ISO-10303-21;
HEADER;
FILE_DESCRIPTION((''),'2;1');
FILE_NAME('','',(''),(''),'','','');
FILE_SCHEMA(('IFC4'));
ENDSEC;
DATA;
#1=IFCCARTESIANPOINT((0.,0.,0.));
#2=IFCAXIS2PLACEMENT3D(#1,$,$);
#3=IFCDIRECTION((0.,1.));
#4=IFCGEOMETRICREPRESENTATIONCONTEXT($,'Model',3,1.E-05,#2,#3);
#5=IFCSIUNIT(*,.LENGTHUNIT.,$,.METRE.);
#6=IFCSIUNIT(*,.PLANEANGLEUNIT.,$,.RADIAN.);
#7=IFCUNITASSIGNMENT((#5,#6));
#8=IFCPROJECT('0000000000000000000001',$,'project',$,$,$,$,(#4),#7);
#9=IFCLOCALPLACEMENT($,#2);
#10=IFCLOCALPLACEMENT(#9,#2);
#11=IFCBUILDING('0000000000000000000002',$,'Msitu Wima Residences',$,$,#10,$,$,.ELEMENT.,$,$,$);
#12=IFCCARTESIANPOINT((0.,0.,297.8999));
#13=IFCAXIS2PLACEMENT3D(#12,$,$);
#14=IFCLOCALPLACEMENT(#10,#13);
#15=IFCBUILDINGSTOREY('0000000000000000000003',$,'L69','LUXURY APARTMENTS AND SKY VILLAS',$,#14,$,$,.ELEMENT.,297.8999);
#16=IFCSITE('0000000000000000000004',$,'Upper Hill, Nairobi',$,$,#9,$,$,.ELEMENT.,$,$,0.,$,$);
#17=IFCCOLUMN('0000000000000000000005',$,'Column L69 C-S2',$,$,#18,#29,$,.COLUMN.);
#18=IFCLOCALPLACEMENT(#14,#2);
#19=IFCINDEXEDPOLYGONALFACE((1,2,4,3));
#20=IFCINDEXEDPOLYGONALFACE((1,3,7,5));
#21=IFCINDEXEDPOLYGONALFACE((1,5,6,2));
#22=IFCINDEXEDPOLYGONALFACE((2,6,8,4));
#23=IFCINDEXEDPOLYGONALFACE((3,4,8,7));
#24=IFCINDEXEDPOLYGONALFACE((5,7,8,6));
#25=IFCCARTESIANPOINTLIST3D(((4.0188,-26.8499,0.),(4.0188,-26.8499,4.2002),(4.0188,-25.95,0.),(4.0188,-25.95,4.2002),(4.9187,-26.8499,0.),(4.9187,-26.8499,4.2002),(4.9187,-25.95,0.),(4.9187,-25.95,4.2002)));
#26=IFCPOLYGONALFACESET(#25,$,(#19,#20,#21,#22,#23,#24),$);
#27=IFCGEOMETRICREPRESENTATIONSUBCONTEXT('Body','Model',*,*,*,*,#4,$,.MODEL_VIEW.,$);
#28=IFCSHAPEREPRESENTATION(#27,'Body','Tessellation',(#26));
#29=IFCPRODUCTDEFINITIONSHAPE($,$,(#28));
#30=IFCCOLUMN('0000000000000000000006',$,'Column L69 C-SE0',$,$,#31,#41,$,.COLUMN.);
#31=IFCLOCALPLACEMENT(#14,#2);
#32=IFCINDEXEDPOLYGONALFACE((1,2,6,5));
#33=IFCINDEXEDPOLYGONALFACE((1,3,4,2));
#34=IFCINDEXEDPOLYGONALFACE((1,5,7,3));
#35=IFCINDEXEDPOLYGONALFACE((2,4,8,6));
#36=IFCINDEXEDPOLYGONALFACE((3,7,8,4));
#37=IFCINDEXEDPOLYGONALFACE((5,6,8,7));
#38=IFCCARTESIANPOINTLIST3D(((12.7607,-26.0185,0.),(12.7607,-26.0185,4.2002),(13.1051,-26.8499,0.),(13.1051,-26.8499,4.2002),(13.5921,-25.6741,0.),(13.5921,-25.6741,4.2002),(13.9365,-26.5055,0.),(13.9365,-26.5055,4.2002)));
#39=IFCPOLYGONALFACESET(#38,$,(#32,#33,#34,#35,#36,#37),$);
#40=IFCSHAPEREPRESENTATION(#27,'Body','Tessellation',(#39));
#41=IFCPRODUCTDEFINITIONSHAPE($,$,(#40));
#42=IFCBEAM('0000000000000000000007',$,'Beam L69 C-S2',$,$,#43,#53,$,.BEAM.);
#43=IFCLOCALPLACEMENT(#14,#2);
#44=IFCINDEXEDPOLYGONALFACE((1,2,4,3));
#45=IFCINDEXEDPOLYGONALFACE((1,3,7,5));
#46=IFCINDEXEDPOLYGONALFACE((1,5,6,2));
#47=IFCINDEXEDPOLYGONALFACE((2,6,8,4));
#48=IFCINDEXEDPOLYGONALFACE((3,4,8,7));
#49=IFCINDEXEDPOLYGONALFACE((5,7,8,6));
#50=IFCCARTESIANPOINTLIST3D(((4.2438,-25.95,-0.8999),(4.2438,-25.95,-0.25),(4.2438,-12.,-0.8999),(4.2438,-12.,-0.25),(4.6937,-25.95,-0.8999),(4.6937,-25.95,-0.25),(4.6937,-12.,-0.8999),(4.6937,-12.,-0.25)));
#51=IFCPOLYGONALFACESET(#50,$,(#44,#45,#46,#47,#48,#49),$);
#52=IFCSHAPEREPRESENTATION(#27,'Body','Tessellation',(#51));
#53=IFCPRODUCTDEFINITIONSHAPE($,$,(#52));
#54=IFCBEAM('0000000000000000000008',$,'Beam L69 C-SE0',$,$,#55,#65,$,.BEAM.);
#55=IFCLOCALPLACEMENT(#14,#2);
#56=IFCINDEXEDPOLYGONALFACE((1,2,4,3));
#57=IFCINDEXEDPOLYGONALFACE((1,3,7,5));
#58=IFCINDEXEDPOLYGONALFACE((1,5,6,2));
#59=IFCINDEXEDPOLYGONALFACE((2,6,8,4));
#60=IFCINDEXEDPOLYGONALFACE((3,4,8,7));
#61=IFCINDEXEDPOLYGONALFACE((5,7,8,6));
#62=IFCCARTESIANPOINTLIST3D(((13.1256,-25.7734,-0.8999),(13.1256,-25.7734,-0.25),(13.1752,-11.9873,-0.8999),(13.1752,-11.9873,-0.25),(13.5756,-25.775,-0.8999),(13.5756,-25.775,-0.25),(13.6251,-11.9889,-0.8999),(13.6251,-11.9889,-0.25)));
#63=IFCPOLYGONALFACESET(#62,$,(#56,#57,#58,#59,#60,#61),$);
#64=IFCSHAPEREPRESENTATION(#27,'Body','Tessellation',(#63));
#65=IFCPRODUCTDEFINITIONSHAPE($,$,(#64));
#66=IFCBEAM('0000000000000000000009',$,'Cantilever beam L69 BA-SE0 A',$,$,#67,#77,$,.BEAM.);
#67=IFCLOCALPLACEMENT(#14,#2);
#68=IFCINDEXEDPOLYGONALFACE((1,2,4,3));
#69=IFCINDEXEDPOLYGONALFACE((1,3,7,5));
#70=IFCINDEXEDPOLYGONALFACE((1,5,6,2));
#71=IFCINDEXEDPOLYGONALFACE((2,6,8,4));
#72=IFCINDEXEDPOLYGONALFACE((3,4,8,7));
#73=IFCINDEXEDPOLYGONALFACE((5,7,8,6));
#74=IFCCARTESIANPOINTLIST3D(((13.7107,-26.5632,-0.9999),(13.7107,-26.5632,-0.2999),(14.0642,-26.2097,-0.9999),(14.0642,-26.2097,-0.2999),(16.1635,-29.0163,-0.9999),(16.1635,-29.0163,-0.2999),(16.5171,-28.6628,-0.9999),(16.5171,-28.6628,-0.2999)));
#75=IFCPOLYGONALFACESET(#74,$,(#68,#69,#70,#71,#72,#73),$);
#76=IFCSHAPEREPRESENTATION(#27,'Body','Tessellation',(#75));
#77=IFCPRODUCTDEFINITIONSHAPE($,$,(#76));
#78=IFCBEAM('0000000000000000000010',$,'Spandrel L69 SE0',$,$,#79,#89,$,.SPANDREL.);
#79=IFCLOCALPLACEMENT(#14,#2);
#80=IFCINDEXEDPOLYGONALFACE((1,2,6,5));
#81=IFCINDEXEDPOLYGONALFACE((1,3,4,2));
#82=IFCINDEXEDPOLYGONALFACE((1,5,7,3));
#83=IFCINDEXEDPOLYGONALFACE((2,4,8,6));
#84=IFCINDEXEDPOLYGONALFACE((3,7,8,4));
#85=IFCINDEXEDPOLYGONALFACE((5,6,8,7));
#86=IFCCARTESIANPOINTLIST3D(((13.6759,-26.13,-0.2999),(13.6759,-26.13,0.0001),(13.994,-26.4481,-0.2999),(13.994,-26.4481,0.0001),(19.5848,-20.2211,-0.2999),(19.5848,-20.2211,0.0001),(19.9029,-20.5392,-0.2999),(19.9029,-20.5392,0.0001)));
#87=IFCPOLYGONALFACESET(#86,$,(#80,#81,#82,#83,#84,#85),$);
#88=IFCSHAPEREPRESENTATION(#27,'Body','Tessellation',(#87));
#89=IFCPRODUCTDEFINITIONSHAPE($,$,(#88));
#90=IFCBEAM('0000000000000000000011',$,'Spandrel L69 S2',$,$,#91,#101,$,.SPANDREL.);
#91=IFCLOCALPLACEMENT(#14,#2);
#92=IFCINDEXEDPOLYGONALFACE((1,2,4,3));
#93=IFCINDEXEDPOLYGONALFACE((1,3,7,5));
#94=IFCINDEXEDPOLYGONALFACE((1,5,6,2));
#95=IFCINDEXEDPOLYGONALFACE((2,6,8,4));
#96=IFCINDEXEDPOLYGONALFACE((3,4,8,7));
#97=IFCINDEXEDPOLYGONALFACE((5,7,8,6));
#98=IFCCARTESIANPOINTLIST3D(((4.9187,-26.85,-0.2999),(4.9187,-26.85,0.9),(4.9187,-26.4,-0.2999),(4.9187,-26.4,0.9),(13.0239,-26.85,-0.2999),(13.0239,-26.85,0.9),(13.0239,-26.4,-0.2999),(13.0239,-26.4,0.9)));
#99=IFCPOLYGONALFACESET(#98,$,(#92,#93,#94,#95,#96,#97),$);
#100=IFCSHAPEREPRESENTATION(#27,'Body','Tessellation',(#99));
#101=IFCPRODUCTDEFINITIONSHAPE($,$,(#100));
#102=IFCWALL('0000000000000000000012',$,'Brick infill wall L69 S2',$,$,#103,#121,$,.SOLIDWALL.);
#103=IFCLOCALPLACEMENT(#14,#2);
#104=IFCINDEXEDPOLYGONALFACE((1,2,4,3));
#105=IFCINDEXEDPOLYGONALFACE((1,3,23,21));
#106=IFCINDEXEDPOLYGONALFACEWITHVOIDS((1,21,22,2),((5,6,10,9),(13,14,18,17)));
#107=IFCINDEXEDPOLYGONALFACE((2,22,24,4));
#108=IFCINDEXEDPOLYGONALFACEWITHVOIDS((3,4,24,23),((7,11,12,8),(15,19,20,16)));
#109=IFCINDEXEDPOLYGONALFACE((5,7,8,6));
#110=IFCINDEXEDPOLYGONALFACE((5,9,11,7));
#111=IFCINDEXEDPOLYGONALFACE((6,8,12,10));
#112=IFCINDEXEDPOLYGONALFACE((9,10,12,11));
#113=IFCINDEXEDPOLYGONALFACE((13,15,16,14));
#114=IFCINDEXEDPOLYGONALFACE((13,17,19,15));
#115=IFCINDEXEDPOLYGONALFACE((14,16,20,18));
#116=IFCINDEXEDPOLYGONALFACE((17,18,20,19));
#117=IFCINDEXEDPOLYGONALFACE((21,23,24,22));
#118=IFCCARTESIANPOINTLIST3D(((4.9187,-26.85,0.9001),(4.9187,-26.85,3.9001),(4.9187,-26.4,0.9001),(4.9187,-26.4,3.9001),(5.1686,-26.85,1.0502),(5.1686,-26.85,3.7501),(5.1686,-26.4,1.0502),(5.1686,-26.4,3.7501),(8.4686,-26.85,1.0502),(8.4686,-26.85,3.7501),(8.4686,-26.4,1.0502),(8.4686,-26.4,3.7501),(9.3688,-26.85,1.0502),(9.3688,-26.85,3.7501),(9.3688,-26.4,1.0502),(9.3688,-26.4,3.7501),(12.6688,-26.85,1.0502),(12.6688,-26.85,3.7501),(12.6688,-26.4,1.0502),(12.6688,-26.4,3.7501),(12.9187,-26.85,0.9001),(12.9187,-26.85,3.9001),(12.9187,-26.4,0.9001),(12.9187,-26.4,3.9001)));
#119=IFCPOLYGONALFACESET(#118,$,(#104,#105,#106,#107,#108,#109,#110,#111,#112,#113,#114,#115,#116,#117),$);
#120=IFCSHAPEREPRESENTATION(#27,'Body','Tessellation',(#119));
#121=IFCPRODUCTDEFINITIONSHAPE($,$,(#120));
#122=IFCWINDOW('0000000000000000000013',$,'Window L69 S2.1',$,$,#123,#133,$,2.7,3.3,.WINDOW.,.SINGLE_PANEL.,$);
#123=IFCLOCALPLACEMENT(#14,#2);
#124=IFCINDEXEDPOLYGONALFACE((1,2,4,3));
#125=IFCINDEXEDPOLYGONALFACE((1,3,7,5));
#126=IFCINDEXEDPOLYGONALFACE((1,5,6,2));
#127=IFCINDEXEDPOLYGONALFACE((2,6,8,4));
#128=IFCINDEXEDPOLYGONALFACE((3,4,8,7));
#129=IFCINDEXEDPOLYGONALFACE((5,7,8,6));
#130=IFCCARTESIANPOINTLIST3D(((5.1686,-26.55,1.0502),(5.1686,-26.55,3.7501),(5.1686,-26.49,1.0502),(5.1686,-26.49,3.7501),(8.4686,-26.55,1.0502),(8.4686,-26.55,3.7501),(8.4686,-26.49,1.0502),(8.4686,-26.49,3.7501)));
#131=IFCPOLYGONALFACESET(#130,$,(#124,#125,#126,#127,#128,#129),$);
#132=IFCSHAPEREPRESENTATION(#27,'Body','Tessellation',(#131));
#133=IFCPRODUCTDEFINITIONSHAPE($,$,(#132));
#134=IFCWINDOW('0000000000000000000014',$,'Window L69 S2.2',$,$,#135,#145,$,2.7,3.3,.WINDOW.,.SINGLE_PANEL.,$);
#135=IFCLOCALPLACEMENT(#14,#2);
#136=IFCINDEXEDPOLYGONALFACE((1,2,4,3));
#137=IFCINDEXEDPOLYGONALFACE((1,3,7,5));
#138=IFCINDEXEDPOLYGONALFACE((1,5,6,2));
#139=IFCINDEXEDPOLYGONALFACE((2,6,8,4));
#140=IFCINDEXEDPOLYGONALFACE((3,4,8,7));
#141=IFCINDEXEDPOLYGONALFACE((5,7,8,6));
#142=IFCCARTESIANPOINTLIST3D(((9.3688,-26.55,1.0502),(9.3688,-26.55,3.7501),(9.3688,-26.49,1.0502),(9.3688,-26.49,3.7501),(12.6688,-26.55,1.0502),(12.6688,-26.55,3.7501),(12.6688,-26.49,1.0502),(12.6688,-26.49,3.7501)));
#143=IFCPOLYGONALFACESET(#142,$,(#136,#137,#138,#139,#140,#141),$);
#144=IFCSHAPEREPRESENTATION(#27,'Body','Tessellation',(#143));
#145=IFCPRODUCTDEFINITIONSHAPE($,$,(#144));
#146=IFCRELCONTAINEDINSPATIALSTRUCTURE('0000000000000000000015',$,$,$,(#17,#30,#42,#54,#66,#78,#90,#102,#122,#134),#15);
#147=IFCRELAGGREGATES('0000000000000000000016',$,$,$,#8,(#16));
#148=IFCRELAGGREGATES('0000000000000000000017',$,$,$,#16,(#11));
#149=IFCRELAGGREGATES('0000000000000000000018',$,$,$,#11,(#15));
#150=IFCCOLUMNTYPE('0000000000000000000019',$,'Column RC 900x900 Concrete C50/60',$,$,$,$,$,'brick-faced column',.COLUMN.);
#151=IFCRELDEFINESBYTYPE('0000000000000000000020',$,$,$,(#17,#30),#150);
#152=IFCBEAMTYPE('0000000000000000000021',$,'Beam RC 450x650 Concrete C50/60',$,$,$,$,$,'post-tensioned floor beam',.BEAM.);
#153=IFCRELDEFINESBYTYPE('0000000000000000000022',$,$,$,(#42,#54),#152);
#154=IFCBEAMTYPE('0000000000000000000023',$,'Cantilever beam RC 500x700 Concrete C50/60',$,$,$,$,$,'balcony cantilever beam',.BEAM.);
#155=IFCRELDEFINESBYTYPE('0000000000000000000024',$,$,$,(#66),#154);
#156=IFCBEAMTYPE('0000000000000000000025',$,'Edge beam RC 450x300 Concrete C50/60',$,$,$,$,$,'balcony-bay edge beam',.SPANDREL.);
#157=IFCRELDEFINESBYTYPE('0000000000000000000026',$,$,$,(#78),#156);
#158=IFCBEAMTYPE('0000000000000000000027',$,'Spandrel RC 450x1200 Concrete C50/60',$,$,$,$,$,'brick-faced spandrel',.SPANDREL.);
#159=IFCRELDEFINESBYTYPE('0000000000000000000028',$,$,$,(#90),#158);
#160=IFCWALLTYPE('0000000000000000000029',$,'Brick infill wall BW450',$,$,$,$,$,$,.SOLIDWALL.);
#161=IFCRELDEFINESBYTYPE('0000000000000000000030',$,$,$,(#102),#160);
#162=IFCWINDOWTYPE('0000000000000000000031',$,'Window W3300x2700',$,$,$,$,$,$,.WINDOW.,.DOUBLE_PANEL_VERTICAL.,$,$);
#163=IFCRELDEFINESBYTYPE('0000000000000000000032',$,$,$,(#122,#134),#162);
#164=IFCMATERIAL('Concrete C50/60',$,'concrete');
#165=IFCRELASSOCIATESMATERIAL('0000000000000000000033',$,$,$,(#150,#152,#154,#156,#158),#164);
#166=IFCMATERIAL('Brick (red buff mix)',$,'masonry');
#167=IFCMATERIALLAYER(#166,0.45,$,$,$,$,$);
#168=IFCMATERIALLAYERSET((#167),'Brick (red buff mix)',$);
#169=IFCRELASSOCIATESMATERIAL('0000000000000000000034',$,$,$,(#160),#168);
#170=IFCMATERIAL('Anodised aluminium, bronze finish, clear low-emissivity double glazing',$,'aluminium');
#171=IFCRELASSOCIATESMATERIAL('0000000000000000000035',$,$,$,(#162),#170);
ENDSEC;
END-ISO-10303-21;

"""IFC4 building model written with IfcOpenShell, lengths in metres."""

from ifc_helpers import new_model, si_unit, direction, frame, frame_2d, origin, origin_2d, place, context, subcontext, project, spatial, rectangle, extrude, material, layer, layer_set, material_profile, profile_set, type_object, element, fill, save


model = new_model("IFC4")

# Units and contexts
model_context = context("Model", 3, precision=1e-05, world=origin(), true_north=direction((0.0, 1.0)))
body_context = subcontext(model_context, "Body", "Model", "MODEL_VIEW")
ifc_project = project(units=[si_unit("LENGTHUNIT", "METRE"), si_unit("PLANEANGLEUNIT", "RADIAN")], contexts=[model_context])

# Site, building, storey
site_placement = place(None, origin())
site = spatial("IfcSite", under=ifc_project, at=site_placement, Name="Upper Hill, Nairobi", CompositionType="ELEMENT", RefElevation=0.0)
building_placement = place(site_placement, origin())
building = spatial("IfcBuilding", under=site, at=building_placement, Name="Msitu Wima Residences", CompositionType="ELEMENT")
storey_placement = place(building_placement, frame((0.0, 0.0, 297.8999)))
storey = spatial("IfcBuildingStorey", under=building, at=storey_placement, Name="L69", Description="LUXURY APARTMENTS AND SKY VILLAS", CompositionType="ELEMENT", Elevation=297.8999)

# Columns
ifc_material_1 = material(Name="Concrete C50/60", Category="concrete")
ifc_material_profile_1 = material_profile(ifc_material_1, rectangle(XDim=0.8999, YDim=0.8999, at=origin_2d()), Name="RC 900x900")
ifc_profile_set_1 = profile_set([ifc_material_profile_1], Name="Concrete C50/60")
column_type = type_object("IfcColumnType", Name="Column RC 900x900 Concrete C50/60", ElementType="brick-faced column", PredefinedType="COLUMN", material=ifc_profile_set_1)
for number, where, z_axis, x_axis, name in (
    (1, (4.4688, -26.3999, 0.0), (0.0, 0.0, 1.0), (1.0, 0.0, 0.0), "Column L69 C-S2"),
    (2, (13.3486, -26.262, 0.0), (0.0, 0.0, 1.0), (0.92388, 0.382683, 0.0), "Column L69 C-SE0"),
):
    element("IfcColumn", number, at=place(storey_placement, frame(where, z_axis=z_axis, x_axis=x_axis)), inside=storey, type_object=column_type, Name=name, PredefinedType="COLUMN", context=body_context, shape_type="SweptSolid", body=[
        extrude(rectangle(XDim=0.8999, YDim=0.8999, at=origin_2d()), origin(), (0.0, 0.0, 1.0), 4.2002),
    ])

# Beams
ifc_material_profile_2 = material_profile(ifc_material_1, rectangle(XDim=0.45, YDim=0.6499, at=origin_2d()), Name="RC 450x650")
ifc_profile_set_2 = profile_set([ifc_material_profile_2], Name="Concrete C50/60")
beam_type_1 = type_object("IfcBeamType", Name="Beam RC 450x650 Concrete C50/60", ElementType="post-tensioned floor beam", PredefinedType="BEAM", material=ifc_profile_set_2)
beam_1_placement = place(storey_placement, frame((4.4688, -25.95, -0.575), z_axis=(0.0, 1.0, 0.0), x_axis=(-1.0, 0.0, 0.0)))
element("IfcBeam", 3, at=beam_1_placement, inside=storey, type_object=beam_type_1, Name="Beam L69 C-S2", PredefinedType="BEAM", context=body_context, shape_type="SweptSolid", body=[
    extrude(rectangle(XDim=0.45, YDim=0.6499, at=origin_2d()), origin(), (0.0, 0.0, 1.0), 13.95),
])
beam_2_placement = place(storey_placement, frame((13.3506, -25.7742, -0.575), z_axis=(0.003595, 0.999994, 0.0), x_axis=(-0.999994, 0.003595, 0.0)))
element("IfcBeam", 4, at=beam_2_placement, inside=storey, type_object=beam_type_1, Name="Beam L69 C-SE0", PredefinedType="BEAM", context=body_context, shape_type="SweptSolid", body=[
    extrude(rectangle(XDim=0.45, YDim=0.6499, at=origin_2d()), origin(), (0.0, 0.0, 1.0), 13.7861),
])
ifc_material_profile_3 = material_profile(ifc_material_1, rectangle(XDim=0.5, YDim=0.7, at=origin_2d()), Name="RC 500x700")
ifc_profile_set_3 = profile_set([ifc_material_profile_3], Name="Concrete C50/60")
beam_type_2 = type_object("IfcBeamType", Name="Cantilever beam RC 500x700 Concrete C50/60", ElementType="balcony cantilever beam", PredefinedType="BEAM", material=ifc_profile_set_3)
beam_3_placement = place(storey_placement, frame((13.8875, -26.3865, -0.6499), z_axis=(0.707072, -0.707142, 0.0), x_axis=(0.707142, 0.707072, 0.0)))
element("IfcBeam", 5, at=beam_3_placement, inside=storey, type_object=beam_type_2, Name="Cantilever beam L69 BA-SE0 A", PredefinedType="BEAM", context=body_context, shape_type="SweptSolid", body=[
    extrude(rectangle(XDim=0.5, YDim=0.7, at=origin_2d()), origin(), (0.0, 0.0, 1.0), 3.469),
])
ifc_material_profile_4 = material_profile(ifc_material_1, rectangle(XDim=0.45, YDim=0.3, at=origin_2d()), Name="RC 450x300")
ifc_profile_set_4 = profile_set([ifc_material_profile_4], Name="Concrete C50/60")
beam_type_3 = type_object("IfcBeamType", Name="Edge beam RC 450x300 Concrete C50/60", ElementType="balcony-bay edge beam", PredefinedType="SPANDREL", material=ifc_profile_set_4)
beam_4_placement = place(storey_placement, frame((13.835, -26.2891, -0.1499), z_axis=(0.707107, 0.707107, 0.0), x_axis=(-0.707107, 0.707107, 0.0)))
element("IfcBeam", 6, at=beam_4_placement, inside=storey, type_object=beam_type_3, Name="Spandrel L69 SE0", PredefinedType="SPANDREL", context=body_context, shape_type="SweptSolid", body=[
    extrude(rectangle(XDim=0.45, YDim=0.3, at=origin_2d()), origin(), (0.0, 0.0, 1.0), 8.3564),
])
ifc_material_profile_5 = material_profile(ifc_material_1, rectangle(XDim=0.45, YDim=1.2, at=origin_2d()), Name="RC 450x1200")
ifc_profile_set_5 = profile_set([ifc_material_profile_5], Name="Concrete C50/60")
beam_type_4 = type_object("IfcBeamType", Name="Spandrel RC 450x1200 Concrete C50/60", ElementType="brick-faced spandrel", PredefinedType="SPANDREL", material=ifc_profile_set_5)
beam_5_placement = place(storey_placement, frame((4.9187, -26.625, 0.3), z_axis=(1.0, 0.0, 0.0), x_axis=(0.0, 1.0, 0.0)))
element("IfcBeam", 7, at=beam_5_placement, inside=storey, type_object=beam_type_4, Name="Spandrel L69 S2", PredefinedType="SPANDREL", context=body_context, shape_type="SweptSolid", body=[
    extrude(rectangle(XDim=0.45, YDim=1.2, at=origin_2d()), origin(), (0.0, 0.0, 1.0), 8.1052),
])

# Wall, openings, windows
ifc_material_2 = material(Name="Brick (red buff mix)", Category="masonry")
ifc_layer_1 = layer(ifc_material_2, 0.45)
ifc_layer_set_1 = layer_set([ifc_layer_1], Name="Brick (red buff mix)")
wall_type_1 = type_object("IfcWallType", Name="Brick infill wall BW450", PredefinedType="SOLIDWALL", material=ifc_layer_set_1)
wall_1_placement = place(storey_placement, frame((4.9187, -26.625, 0.9001), z_axis=(0.0, 0.0, 1.0), x_axis=(1.0, 0.0, 0.0)))
wall_1 = element("IfcWall", 8, at=wall_1_placement, inside=storey, type_object=wall_type_1, Name="Brick infill wall L69 S2", PredefinedType="SOLIDWALL", context=body_context, shape_type="SweptSolid", body=[
    extrude(rectangle(XDim=8.0, YDim=0.45, at=frame_2d((4.0, 0.0))), origin(), (0.0, 0.0, 1.0), 3.0),
])
opening_1_placement = place(wall_1_placement, frame((0.25, 0.0, 0.1499)))
opening_1 = element("IfcOpeningElement", 9, at=opening_1_placement, cuts=wall_1, PredefinedType="OPENING", context=body_context, shape_type="SweptSolid", body=[
    extrude(rectangle(XDim=3.3, YDim=2.7, at=frame_2d((1.6499, 1.3501))), frame((0.0, 0.2349, 0.0), z_axis=(0.0, -1.0, 0.0), x_axis=(1.0, 0.0, 0.0)), (0.0, 0.0, 1.0), 0.47),
])
opening_2_placement = place(wall_1_placement, frame((4.4502, 0.0, 0.1499)))
opening_2 = element("IfcOpeningElement", 10, at=opening_2_placement, cuts=wall_1, PredefinedType="OPENING", context=body_context, shape_type="SweptSolid", body=[
    extrude(rectangle(XDim=3.3, YDim=2.7, at=frame_2d((1.6499, 1.3501))), frame((0.0, 0.2349, 0.0), z_axis=(0.0, -1.0, 0.0), x_axis=(1.0, 0.0, 0.0)), (0.0, 0.0, 1.0), 0.47),
])
ifc_material_3 = material(Name="Anodised aluminium, bronze finish, clear low-emissivity double glazing", Category="aluminium")
window_type = type_object("IfcWindowType", Name="Window W3300x2700", PartitioningType="DOUBLE_PANEL_VERTICAL", PredefinedType="WINDOW", material=ifc_material_3)
window_1_placement = place(opening_1_placement, origin())
window_1 = element("IfcWindow", 11, at=window_1_placement, inside=storey, type_object=window_type, Name="Window L69 S2.1", OverallHeight=2.7, OverallWidth=3.3, PartitioningType="SINGLE_PANEL", PredefinedType="WINDOW", context=body_context, shape_type="SweptSolid", body=[
    extrude(rectangle(XDim=3.3, YDim=2.7, at=frame_2d((1.6499, 1.3501))), frame((0.0, 0.135, 0.0), z_axis=(0.0, -1.0, 0.0), x_axis=(1.0, 0.0, 0.0)), (0.0, 0.0, 1.0), 0.0601),
])
fill(opening_1, window_1)
window_2_placement = place(opening_2_placement, origin())
window_2 = element("IfcWindow", 12, at=window_2_placement, inside=storey, type_object=window_type, Name="Window L69 S2.2", OverallHeight=2.7, OverallWidth=3.3, PartitioningType="SINGLE_PANEL", PredefinedType="WINDOW", context=body_context, shape_type="SweptSolid", body=[
    extrude(rectangle(XDim=3.3, YDim=2.7, at=frame_2d((1.6499, 1.3501))), frame((0.0, 0.135, 0.0), z_axis=(0.0, -1.0, 0.0), x_axis=(1.0, 0.0, 0.0)), (0.0, 0.0, 1.0), 0.0601),
])
fill(opening_2, window_2)

save(model, "model.ifc")
